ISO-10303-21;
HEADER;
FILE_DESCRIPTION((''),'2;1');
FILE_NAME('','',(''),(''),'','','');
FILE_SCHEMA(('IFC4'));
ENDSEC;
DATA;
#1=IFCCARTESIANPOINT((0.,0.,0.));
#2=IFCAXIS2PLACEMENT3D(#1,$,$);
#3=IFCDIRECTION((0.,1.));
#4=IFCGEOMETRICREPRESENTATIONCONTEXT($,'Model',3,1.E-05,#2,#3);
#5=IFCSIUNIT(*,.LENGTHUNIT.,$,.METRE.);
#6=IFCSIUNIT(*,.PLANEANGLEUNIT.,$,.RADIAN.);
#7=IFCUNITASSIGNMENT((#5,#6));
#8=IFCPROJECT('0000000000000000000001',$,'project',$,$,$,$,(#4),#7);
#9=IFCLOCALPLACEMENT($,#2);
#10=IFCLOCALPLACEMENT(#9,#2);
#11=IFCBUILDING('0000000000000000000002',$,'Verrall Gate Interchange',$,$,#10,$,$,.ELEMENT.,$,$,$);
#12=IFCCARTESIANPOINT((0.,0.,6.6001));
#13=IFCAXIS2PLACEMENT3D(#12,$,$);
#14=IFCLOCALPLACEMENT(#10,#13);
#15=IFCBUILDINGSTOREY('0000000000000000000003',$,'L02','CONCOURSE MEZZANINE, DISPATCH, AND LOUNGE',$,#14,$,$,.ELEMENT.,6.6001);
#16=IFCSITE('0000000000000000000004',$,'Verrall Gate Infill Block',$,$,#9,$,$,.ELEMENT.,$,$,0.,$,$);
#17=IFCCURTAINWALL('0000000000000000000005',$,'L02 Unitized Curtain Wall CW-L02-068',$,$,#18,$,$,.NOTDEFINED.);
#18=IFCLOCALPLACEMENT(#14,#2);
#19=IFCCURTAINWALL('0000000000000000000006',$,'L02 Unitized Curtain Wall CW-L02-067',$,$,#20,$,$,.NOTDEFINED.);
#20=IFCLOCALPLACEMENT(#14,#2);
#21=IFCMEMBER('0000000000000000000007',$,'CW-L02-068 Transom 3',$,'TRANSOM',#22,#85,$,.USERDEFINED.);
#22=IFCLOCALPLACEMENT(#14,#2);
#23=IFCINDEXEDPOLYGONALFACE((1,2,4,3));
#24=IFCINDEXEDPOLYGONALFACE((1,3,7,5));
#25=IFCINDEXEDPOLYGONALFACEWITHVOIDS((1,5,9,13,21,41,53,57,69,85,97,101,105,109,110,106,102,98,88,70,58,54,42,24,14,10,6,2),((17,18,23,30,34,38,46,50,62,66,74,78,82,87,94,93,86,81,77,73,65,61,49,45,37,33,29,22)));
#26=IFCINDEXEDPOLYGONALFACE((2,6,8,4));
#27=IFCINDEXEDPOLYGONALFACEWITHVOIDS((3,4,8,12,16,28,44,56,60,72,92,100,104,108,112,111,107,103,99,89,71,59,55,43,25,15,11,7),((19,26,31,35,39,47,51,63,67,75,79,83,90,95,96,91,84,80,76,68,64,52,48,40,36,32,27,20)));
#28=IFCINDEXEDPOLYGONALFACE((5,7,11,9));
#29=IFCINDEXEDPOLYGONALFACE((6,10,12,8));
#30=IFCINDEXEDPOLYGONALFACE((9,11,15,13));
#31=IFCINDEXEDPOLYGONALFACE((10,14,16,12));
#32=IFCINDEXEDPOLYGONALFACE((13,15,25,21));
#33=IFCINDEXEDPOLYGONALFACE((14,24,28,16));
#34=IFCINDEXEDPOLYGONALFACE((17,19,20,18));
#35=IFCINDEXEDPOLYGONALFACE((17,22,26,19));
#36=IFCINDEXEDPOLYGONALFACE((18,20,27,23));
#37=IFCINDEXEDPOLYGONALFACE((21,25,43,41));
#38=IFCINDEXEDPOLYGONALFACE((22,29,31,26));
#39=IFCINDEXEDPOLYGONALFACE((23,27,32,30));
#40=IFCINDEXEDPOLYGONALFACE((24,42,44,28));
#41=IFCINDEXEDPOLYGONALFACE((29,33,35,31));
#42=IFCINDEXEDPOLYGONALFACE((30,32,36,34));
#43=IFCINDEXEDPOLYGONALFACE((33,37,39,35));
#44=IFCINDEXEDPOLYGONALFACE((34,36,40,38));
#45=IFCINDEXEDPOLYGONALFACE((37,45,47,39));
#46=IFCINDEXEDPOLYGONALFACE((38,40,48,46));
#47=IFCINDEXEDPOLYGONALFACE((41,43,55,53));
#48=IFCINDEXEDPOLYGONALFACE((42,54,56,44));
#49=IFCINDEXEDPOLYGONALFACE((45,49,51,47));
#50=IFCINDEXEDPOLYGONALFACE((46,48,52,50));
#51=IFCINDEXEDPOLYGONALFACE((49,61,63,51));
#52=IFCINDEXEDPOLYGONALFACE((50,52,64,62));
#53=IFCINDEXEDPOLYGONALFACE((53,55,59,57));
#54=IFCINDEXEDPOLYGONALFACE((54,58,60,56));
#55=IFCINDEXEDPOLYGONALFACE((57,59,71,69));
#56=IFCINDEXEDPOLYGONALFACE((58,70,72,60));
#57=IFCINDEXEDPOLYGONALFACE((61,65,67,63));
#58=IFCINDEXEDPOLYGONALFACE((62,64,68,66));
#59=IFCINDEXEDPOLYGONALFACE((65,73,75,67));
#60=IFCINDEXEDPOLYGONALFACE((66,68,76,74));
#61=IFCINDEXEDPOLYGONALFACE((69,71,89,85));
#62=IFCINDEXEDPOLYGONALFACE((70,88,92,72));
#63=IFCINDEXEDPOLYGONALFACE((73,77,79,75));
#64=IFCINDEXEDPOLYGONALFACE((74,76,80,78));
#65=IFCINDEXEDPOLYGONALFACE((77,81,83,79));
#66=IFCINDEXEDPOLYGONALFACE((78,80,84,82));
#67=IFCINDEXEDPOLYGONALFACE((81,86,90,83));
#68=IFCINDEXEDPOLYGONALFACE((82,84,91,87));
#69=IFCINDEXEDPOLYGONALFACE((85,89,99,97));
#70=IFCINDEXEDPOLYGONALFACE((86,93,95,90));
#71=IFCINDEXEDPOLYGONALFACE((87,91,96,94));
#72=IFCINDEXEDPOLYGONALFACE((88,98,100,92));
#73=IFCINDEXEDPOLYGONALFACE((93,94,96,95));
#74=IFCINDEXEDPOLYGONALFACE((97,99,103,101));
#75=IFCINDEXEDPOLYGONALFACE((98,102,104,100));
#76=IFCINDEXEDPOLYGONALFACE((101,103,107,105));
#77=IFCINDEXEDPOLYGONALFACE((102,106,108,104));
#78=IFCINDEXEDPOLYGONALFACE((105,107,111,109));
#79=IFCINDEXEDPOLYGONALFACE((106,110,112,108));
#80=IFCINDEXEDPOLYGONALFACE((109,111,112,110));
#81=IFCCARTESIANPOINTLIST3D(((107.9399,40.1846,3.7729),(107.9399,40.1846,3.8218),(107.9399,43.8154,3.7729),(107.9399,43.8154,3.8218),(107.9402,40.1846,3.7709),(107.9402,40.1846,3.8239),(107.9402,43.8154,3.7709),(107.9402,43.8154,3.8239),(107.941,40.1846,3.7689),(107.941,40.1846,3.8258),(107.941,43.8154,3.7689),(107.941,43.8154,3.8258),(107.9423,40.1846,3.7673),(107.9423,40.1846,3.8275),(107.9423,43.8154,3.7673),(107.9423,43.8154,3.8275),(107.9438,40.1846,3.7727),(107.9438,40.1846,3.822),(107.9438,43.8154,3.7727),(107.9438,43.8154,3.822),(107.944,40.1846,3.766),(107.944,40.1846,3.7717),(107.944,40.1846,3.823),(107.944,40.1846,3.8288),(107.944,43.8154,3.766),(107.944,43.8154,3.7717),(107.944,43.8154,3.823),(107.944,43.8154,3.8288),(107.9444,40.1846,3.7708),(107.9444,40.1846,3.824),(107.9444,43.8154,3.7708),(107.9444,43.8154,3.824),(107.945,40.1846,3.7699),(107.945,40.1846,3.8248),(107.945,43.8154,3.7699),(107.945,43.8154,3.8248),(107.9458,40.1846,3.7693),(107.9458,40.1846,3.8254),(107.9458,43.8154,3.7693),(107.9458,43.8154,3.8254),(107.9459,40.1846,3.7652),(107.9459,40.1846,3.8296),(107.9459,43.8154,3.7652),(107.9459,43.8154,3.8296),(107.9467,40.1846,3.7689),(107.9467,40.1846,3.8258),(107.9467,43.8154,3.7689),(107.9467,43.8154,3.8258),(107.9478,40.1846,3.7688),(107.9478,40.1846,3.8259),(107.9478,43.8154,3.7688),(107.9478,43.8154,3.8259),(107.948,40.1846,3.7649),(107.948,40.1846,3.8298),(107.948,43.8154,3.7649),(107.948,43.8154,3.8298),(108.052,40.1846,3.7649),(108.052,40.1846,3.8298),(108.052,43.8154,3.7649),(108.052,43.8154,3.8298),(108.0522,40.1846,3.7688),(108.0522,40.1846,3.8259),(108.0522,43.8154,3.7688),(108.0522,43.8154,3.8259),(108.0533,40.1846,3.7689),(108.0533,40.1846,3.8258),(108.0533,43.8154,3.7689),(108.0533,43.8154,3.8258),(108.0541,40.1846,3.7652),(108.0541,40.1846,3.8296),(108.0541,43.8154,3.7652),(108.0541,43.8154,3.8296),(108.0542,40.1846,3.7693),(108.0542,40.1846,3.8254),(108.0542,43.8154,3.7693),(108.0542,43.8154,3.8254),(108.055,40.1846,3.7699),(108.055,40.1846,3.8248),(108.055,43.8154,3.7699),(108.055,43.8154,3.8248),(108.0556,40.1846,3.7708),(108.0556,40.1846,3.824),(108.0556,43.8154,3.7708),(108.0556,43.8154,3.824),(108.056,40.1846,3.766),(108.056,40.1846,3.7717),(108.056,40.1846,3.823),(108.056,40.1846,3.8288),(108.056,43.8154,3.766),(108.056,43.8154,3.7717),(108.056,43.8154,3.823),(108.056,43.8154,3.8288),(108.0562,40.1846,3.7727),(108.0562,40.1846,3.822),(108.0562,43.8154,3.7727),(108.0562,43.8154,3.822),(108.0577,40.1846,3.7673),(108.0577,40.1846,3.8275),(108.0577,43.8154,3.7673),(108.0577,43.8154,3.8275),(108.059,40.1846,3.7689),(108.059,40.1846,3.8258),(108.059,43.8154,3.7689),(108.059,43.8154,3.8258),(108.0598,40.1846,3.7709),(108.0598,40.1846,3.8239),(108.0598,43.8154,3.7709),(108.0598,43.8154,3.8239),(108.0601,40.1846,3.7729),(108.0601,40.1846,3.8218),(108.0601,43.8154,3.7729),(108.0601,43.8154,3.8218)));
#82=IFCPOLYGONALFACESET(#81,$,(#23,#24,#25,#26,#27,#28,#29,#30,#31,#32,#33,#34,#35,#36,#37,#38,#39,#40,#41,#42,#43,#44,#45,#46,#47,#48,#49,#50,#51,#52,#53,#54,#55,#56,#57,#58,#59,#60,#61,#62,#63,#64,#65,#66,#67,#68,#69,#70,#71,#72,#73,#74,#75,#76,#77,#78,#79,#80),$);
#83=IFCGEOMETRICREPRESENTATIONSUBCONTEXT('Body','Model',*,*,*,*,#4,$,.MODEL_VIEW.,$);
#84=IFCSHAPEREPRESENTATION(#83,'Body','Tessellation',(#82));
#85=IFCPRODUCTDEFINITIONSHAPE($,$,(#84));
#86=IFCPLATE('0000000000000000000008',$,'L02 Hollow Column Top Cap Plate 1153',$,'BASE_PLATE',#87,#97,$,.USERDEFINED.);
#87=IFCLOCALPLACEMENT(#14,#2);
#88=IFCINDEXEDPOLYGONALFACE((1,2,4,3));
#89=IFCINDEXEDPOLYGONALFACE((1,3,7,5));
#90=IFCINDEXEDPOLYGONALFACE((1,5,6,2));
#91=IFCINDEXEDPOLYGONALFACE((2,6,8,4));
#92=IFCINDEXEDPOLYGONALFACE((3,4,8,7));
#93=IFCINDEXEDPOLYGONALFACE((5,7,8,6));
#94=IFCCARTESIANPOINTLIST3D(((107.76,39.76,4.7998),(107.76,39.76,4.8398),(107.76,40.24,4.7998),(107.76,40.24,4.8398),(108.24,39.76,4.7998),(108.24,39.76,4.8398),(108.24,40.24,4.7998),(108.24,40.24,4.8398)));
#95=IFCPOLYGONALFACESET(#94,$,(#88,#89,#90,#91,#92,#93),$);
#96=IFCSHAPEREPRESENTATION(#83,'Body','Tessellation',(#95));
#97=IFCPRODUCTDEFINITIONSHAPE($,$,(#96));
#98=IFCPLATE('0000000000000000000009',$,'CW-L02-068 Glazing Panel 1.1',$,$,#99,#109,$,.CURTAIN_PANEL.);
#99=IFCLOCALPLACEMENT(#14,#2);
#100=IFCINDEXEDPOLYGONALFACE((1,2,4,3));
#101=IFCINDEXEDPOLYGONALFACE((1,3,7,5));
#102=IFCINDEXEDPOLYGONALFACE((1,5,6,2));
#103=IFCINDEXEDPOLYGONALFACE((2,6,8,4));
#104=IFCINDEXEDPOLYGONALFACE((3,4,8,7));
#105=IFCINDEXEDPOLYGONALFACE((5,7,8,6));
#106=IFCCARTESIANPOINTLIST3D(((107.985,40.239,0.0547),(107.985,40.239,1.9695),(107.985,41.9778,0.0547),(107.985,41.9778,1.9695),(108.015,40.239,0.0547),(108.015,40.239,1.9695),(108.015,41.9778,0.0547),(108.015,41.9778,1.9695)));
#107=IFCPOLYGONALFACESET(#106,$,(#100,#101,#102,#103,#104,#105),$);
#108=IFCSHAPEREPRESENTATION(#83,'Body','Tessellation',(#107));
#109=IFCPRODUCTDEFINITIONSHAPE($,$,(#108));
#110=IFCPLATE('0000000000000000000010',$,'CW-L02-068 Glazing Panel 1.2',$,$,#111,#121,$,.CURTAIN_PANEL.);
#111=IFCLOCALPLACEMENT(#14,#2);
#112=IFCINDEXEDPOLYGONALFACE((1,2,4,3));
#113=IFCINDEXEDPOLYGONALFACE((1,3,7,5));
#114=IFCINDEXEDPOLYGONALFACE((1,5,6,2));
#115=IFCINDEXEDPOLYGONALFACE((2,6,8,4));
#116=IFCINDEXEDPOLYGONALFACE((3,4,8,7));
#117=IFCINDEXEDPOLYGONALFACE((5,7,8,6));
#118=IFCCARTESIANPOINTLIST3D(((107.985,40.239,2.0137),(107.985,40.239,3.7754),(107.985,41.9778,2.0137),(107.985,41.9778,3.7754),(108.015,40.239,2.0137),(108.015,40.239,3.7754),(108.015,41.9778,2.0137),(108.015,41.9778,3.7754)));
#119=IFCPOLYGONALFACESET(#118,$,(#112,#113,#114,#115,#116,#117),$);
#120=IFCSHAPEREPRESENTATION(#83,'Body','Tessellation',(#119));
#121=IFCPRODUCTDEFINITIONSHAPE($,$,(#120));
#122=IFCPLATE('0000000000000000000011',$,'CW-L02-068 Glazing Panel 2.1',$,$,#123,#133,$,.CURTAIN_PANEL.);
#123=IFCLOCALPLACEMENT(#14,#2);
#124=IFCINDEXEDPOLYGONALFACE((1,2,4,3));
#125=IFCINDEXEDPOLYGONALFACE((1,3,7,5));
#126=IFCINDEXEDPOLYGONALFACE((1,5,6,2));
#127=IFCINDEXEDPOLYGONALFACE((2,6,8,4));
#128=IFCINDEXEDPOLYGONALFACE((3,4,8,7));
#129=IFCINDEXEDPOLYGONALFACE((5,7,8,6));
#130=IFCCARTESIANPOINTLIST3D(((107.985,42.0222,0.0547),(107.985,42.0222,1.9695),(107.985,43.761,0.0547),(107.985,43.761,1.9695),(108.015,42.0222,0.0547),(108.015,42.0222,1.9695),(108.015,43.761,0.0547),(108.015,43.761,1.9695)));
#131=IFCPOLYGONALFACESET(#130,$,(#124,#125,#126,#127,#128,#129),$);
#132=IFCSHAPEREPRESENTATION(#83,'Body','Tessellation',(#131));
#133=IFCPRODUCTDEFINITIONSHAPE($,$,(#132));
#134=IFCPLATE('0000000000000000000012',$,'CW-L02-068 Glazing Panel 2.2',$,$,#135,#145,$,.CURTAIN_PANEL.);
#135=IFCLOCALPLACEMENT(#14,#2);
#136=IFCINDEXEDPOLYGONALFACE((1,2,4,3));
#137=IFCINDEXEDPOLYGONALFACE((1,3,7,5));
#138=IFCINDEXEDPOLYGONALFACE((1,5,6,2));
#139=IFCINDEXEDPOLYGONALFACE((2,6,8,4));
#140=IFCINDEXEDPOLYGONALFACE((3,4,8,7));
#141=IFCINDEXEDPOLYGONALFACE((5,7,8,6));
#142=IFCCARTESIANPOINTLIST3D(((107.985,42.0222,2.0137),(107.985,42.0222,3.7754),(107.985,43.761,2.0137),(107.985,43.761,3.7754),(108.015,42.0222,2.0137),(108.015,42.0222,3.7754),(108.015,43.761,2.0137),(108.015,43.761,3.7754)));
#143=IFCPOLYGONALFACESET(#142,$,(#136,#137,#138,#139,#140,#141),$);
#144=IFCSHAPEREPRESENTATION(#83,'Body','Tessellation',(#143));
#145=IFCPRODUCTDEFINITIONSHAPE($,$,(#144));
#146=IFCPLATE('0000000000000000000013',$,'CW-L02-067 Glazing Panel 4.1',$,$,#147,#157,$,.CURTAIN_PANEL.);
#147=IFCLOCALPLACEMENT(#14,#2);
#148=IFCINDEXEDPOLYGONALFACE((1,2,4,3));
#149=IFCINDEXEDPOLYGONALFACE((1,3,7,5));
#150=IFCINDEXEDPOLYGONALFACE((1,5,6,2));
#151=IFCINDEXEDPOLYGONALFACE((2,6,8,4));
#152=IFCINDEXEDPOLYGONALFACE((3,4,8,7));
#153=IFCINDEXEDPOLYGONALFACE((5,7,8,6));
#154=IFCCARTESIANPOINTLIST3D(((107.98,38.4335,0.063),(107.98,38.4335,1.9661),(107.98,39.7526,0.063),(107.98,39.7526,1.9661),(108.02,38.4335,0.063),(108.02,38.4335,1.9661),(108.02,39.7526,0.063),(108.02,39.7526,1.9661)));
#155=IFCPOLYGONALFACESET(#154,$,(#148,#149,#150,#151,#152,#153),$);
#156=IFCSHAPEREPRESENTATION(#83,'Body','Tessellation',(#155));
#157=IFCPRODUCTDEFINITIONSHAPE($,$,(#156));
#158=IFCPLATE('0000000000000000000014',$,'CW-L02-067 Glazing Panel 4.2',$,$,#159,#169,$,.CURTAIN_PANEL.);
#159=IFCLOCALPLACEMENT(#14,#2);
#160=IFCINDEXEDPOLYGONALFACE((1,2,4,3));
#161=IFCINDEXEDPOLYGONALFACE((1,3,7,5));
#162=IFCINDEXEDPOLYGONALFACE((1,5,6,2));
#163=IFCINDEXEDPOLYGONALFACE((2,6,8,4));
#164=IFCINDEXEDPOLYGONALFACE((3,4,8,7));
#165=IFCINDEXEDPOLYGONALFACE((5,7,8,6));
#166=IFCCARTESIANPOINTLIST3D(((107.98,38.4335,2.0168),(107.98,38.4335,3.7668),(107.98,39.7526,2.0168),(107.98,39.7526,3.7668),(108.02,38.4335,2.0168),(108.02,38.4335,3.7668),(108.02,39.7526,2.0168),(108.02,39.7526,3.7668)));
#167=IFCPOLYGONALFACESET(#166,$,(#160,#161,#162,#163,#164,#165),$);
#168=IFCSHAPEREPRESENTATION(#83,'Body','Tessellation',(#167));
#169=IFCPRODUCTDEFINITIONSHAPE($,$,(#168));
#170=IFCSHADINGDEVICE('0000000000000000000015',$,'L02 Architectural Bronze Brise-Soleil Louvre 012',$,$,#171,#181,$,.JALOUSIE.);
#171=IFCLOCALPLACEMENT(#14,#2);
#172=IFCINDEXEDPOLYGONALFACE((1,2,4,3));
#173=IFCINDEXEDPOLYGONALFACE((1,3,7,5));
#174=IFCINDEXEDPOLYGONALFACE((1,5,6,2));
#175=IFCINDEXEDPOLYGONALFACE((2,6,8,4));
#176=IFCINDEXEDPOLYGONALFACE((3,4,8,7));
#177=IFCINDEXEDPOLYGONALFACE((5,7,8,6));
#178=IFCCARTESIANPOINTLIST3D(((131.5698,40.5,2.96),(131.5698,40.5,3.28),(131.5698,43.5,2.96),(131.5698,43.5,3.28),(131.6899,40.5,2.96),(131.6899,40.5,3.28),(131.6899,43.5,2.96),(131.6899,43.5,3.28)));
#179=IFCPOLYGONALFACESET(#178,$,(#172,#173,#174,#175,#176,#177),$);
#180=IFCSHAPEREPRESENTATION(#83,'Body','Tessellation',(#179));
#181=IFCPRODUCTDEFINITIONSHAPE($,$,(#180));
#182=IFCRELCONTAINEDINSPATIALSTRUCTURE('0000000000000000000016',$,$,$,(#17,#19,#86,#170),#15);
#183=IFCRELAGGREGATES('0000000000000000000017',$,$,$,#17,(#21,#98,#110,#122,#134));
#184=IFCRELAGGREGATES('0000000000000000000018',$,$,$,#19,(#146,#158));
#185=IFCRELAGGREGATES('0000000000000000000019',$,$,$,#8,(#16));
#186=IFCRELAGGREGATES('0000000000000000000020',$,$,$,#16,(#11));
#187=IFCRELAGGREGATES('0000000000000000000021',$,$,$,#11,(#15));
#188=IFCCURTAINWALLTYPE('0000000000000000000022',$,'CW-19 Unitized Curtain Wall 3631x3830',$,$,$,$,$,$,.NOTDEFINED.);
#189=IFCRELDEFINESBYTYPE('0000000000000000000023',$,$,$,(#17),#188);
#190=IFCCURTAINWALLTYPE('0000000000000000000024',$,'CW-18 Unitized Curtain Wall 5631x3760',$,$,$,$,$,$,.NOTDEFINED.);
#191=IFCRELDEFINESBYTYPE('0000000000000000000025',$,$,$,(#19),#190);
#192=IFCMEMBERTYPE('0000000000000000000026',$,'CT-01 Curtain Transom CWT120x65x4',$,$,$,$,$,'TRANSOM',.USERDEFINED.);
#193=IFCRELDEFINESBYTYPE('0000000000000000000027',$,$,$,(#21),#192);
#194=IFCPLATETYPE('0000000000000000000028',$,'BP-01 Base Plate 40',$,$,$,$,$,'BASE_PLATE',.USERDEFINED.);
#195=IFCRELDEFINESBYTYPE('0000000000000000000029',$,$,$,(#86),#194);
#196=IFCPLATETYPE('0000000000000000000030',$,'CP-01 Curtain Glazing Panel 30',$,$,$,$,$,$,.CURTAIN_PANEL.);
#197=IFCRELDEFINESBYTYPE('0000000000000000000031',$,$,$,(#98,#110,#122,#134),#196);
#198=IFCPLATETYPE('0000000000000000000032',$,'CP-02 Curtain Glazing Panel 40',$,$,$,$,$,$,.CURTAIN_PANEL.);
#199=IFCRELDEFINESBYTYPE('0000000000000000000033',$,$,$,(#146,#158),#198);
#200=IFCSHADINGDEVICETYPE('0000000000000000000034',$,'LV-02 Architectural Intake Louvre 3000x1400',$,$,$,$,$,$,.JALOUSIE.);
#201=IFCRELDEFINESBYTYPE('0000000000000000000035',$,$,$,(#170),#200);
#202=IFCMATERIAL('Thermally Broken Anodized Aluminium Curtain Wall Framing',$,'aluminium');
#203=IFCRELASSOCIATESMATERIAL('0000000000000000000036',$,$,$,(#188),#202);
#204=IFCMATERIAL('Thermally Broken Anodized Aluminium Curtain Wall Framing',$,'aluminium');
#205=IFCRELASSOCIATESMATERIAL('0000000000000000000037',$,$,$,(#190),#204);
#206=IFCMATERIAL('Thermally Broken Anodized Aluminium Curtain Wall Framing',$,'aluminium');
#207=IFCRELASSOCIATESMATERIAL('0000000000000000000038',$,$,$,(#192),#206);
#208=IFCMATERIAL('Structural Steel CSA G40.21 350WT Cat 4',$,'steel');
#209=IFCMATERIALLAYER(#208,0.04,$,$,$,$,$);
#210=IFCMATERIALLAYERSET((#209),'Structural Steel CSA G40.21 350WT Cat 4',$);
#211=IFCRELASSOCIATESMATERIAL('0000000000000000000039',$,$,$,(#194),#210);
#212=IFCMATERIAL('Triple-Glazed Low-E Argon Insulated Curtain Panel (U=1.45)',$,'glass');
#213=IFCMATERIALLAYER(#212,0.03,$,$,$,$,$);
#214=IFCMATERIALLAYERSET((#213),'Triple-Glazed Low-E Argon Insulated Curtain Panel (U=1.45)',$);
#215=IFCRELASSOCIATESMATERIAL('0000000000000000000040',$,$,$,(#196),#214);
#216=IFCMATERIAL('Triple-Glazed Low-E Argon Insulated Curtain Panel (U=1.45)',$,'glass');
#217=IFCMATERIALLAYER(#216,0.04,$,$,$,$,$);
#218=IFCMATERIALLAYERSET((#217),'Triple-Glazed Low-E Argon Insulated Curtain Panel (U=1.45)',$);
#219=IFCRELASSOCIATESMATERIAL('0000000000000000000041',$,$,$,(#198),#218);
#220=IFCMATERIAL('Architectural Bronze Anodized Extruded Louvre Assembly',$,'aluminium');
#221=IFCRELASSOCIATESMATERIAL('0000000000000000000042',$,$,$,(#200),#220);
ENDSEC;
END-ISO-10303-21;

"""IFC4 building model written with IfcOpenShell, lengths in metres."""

from ifc_helpers import new_model, si_unit, direction, frame, origin, origin_2d, place, context, subcontext, project, spatial, rectangle, hollow_rectangle, extrude, material, layer, layer_set, material_profile, profile_set, type_object, element, aggregate, save


model = new_model("IFC4")

# Units and contexts
model_context = context("Model", 3, precision=1e-05, world=origin(), true_north=direction((0.0, 1.0)))
body_context = subcontext(model_context, "Body", "Model", "MODEL_VIEW")
ifc_project = project(units=[si_unit("LENGTHUNIT", "METRE"), si_unit("PLANEANGLEUNIT", "RADIAN")], contexts=[model_context])

# Site, building, storey
site_placement = place(None, origin())
site = spatial("IfcSite", under=ifc_project, at=site_placement, Name="Verrall Gate Infill Block", CompositionType="ELEMENT", RefElevation=0.0)
building_placement = place(site_placement, origin())
building = spatial("IfcBuilding", under=site, at=building_placement, Name="Verrall Gate Interchange", CompositionType="ELEMENT")
storey_placement = place(building_placement, frame((0.0, 0.0, 6.6001)))
storey = spatial("IfcBuildingStorey", under=building, at=storey_placement, Name="L02", Description="CONCOURSE MEZZANINE, DISPATCH, AND LOUNGE", CompositionType="ELEMENT", Elevation=6.6001)

# Curtain wall
ifc_material_1 = material(Name="Thermally Broken Anodized Aluminium Curtain Wall Framing", Category="aluminium")
curtain_wall_type_1 = type_object("IfcCurtainWallType", Name="CW-19 Unitized Curtain Wall 3631x3830", PredefinedType="NOTDEFINED", material=ifc_material_1)
curtain_wall_1_placement = place(storey_placement, origin())
curtain_wall_1 = element("IfcCurtainWall", 1, at=curtain_wall_1_placement, inside=storey, type_object=curtain_wall_type_1, Name="L02 Unitized Curtain Wall CW-L02-068", PredefinedType="NOTDEFINED")

# Curtain wall
ifc_material_2 = material(Name="Thermally Broken Anodized Aluminium Curtain Wall Framing", Category="aluminium")
curtain_wall_type_2 = type_object("IfcCurtainWallType", Name="CW-18 Unitized Curtain Wall 5631x3760", PredefinedType="NOTDEFINED", material=ifc_material_2)
curtain_wall_2_placement = place(storey_placement, origin())
curtain_wall_2 = element("IfcCurtainWall", 2, at=curtain_wall_2_placement, inside=storey, type_object=curtain_wall_type_2, Name="L02 Unitized Curtain Wall CW-L02-067", PredefinedType="NOTDEFINED")

# Member
ifc_material_3 = material(Name="Thermally Broken Anodized Aluminium Curtain Wall Framing", Category="aluminium")
ifc_material_profile_1 = material_profile(ifc_material_3, hollow_rectangle(XDim=0.1201, YDim=0.0649, WallThickness=0.0039, InnerFilletRadius=0.0039, OuterFilletRadius=0.0081, at=origin_2d()), Name="CWT120x65x4")
ifc_profile_set_1 = profile_set([ifc_material_profile_1], Name="Thermally Broken Anodized Aluminium Curtain Wall Framing")
member_type_1 = type_object("IfcMemberType", Name="CT-01 Curtain Transom CWT120x65x4", ElementType="TRANSOM", PredefinedType="USERDEFINED", material=ifc_profile_set_1)
member_1_placement = place(storey_placement, frame((108.0, 40.1846, 3.7974), z_axis=(0.0, 1.0, 0.0), x_axis=(-1.0, 0.0, 0.0)))
member_1 = element("IfcMember", 3, at=member_1_placement, type_object=member_type_1, Name="CW-L02-068 Transom 3", ObjectType="TRANSOM", PredefinedType="USERDEFINED", context=body_context, shape_type="SweptSolid", body=[
    extrude(hollow_rectangle(XDim=0.1201, YDim=0.0649, WallThickness=0.0039, InnerFilletRadius=0.0039, OuterFilletRadius=0.0081, at=origin_2d()), origin(), (0.0, 0.0, 1.0), 3.6309),
])

# Plates
ifc_material_4 = material(Name="Structural Steel CSA G40.21 350WT Cat 4", Category="steel")
ifc_layer_1 = layer(ifc_material_4, 0.04)
ifc_layer_set_1 = layer_set([ifc_layer_1], Name="Structural Steel CSA G40.21 350WT Cat 4")
plate_type_1 = type_object("IfcPlateType", Name="BP-01 Base Plate 40", ElementType="BASE_PLATE", PredefinedType="USERDEFINED", material=ifc_layer_set_1)
plate_1_placement = place(storey_placement, frame((108.0, 40.0, 4.7998), z_axis=(0.0, 0.0, 1.0), x_axis=(1.0, 0.0, 0.0)))
element("IfcPlate", 4, at=plate_1_placement, inside=storey, type_object=plate_type_1, Name="L02 Hollow Column Top Cap Plate 1153", ObjectType="BASE_PLATE", PredefinedType="USERDEFINED", context=body_context, shape_type="SweptSolid", body=[
    extrude(rectangle(XDim=0.48, YDim=0.48, at=origin_2d()), origin(), (0.0, 0.0, 1.0), 0.04),
])
ifc_material_5 = material(Name="Triple-Glazed Low-E Argon Insulated Curtain Panel (U=1.45)", Category="glass")
ifc_layer_2 = layer(ifc_material_5, 0.03)
ifc_layer_set_2 = layer_set([ifc_layer_2], Name="Triple-Glazed Low-E Argon Insulated Curtain Panel (U=1.45)")
plate_type_2 = type_object("IfcPlateType", Name="CP-01 Curtain Glazing Panel 30", PredefinedType="CURTAIN_PANEL", material=ifc_layer_set_2)
plate_2_placement = place(storey_placement, frame((108.0, 41.1084, 0.0547), z_axis=(0.0, 0.0, 1.0), x_axis=(0.0, 1.0, 0.0)))
plate_2 = element("IfcPlate", 5, at=plate_2_placement, type_object=plate_type_2, Name="CW-L02-068 Glazing Panel 1.1", PredefinedType="CURTAIN_PANEL", context=body_context, shape_type="SweptSolid", body=[
    extrude(rectangle(XDim=1.7388, YDim=0.03, at=origin_2d()), origin(), (0.0, 0.0, 1.0), 1.9148),
])
plate_3_placement = place(storey_placement, frame((108.0, 41.1084, 2.0137), z_axis=(0.0, 0.0, 1.0), x_axis=(0.0, 1.0, 0.0)))
plate_3 = element("IfcPlate", 6, at=plate_3_placement, type_object=plate_type_2, Name="CW-L02-068 Glazing Panel 1.2", PredefinedType="CURTAIN_PANEL", context=body_context, shape_type="SweptSolid", body=[
    extrude(rectangle(XDim=1.7388, YDim=0.03, at=origin_2d()), origin(), (0.0, 0.0, 1.0), 1.7617),
])
plate_4_placement = place(storey_placement, frame((108.0, 42.8916, 0.0547), z_axis=(0.0, 0.0, 1.0), x_axis=(0.0, 1.0, 0.0)))
plate_4 = element("IfcPlate", 7, at=plate_4_placement, type_object=plate_type_2, Name="CW-L02-068 Glazing Panel 2.1", PredefinedType="CURTAIN_PANEL", context=body_context, shape_type="SweptSolid", body=[
    extrude(rectangle(XDim=1.7388, YDim=0.03, at=origin_2d()), origin(), (0.0, 0.0, 1.0), 1.9148),
])
plate_5_placement = place(storey_placement, frame((108.0, 42.8916, 2.0137), z_axis=(0.0, 0.0, 1.0), x_axis=(0.0, 1.0, 0.0)))
plate_5 = element("IfcPlate", 8, at=plate_5_placement, type_object=plate_type_2, Name="CW-L02-068 Glazing Panel 2.2", PredefinedType="CURTAIN_PANEL", context=body_context, shape_type="SweptSolid", body=[
    extrude(rectangle(XDim=1.7388, YDim=0.03, at=origin_2d()), origin(), (0.0, 0.0, 1.0), 1.7617),
])
aggregate(curtain_wall_1, [member_1, plate_2, plate_3, plate_4, plate_5])
ifc_material_6 = material(Name="Triple-Glazed Low-E Argon Insulated Curtain Panel (U=1.45)", Category="glass")
ifc_layer_3 = layer(ifc_material_6, 0.04)
ifc_layer_set_3 = layer_set([ifc_layer_3], Name="Triple-Glazed Low-E Argon Insulated Curtain Panel (U=1.45)")
plate_type_3 = type_object("IfcPlateType", Name="CP-02 Curtain Glazing Panel 40", PredefinedType="CURTAIN_PANEL", material=ifc_layer_set_3)
plate_6_placement = place(storey_placement, frame((108.0, 39.093, 0.063), z_axis=(0.0, 0.0, 1.0), x_axis=(0.0, 1.0, 0.0)))
plate_6 = element("IfcPlate", 9, at=plate_6_placement, type_object=plate_type_3, Name="CW-L02-067 Glazing Panel 4.1", PredefinedType="CURTAIN_PANEL", context=body_context, shape_type="SweptSolid", body=[
    extrude(rectangle(XDim=1.3191, YDim=0.04, at=origin_2d()), origin(), (0.0, 0.0, 1.0), 1.9031),
])
plate_7_placement = place(storey_placement, frame((108.0, 39.093, 2.0168), z_axis=(0.0, 0.0, 1.0), x_axis=(0.0, 1.0, 0.0)))
plate_7 = element("IfcPlate", 10, at=plate_7_placement, type_object=plate_type_3, Name="CW-L02-067 Glazing Panel 4.2", PredefinedType="CURTAIN_PANEL", context=body_context, shape_type="SweptSolid", body=[
    extrude(rectangle(XDim=1.3191, YDim=0.04, at=origin_2d()), origin(), (0.0, 0.0, 1.0), 1.75),
])
aggregate(curtain_wall_2, [plate_6, plate_7])

# Shading device
ifc_material_7 = material(Name="Architectural Bronze Anodized Extruded Louvre Assembly", Category="aluminium")
shading_device_type = type_object("IfcShadingDeviceType", Name="LV-02 Architectural Intake Louvre 3000x1400", PredefinedType="JALOUSIE", material=ifc_material_7)
shading_device_placement = place(storey_placement, frame((131.6299, 42.0, 2.96), z_axis=(0.0, 0.0, 1.0), x_axis=(0.0, -1.0, 0.0)))
element("IfcShadingDevice", 11, at=shading_device_placement, inside=storey, type_object=shading_device_type, Name="L02 Architectural Bronze Brise-Soleil Louvre 012", PredefinedType="JALOUSIE", context=body_context, shape_type="SweptSolid", body=[
    extrude(rectangle(XDim=3.0, YDim=0.1201, at=origin_2d()), origin(), (0.0, 0.0, 1.0), 0.3201),
])

save(model, "model.ifc")
